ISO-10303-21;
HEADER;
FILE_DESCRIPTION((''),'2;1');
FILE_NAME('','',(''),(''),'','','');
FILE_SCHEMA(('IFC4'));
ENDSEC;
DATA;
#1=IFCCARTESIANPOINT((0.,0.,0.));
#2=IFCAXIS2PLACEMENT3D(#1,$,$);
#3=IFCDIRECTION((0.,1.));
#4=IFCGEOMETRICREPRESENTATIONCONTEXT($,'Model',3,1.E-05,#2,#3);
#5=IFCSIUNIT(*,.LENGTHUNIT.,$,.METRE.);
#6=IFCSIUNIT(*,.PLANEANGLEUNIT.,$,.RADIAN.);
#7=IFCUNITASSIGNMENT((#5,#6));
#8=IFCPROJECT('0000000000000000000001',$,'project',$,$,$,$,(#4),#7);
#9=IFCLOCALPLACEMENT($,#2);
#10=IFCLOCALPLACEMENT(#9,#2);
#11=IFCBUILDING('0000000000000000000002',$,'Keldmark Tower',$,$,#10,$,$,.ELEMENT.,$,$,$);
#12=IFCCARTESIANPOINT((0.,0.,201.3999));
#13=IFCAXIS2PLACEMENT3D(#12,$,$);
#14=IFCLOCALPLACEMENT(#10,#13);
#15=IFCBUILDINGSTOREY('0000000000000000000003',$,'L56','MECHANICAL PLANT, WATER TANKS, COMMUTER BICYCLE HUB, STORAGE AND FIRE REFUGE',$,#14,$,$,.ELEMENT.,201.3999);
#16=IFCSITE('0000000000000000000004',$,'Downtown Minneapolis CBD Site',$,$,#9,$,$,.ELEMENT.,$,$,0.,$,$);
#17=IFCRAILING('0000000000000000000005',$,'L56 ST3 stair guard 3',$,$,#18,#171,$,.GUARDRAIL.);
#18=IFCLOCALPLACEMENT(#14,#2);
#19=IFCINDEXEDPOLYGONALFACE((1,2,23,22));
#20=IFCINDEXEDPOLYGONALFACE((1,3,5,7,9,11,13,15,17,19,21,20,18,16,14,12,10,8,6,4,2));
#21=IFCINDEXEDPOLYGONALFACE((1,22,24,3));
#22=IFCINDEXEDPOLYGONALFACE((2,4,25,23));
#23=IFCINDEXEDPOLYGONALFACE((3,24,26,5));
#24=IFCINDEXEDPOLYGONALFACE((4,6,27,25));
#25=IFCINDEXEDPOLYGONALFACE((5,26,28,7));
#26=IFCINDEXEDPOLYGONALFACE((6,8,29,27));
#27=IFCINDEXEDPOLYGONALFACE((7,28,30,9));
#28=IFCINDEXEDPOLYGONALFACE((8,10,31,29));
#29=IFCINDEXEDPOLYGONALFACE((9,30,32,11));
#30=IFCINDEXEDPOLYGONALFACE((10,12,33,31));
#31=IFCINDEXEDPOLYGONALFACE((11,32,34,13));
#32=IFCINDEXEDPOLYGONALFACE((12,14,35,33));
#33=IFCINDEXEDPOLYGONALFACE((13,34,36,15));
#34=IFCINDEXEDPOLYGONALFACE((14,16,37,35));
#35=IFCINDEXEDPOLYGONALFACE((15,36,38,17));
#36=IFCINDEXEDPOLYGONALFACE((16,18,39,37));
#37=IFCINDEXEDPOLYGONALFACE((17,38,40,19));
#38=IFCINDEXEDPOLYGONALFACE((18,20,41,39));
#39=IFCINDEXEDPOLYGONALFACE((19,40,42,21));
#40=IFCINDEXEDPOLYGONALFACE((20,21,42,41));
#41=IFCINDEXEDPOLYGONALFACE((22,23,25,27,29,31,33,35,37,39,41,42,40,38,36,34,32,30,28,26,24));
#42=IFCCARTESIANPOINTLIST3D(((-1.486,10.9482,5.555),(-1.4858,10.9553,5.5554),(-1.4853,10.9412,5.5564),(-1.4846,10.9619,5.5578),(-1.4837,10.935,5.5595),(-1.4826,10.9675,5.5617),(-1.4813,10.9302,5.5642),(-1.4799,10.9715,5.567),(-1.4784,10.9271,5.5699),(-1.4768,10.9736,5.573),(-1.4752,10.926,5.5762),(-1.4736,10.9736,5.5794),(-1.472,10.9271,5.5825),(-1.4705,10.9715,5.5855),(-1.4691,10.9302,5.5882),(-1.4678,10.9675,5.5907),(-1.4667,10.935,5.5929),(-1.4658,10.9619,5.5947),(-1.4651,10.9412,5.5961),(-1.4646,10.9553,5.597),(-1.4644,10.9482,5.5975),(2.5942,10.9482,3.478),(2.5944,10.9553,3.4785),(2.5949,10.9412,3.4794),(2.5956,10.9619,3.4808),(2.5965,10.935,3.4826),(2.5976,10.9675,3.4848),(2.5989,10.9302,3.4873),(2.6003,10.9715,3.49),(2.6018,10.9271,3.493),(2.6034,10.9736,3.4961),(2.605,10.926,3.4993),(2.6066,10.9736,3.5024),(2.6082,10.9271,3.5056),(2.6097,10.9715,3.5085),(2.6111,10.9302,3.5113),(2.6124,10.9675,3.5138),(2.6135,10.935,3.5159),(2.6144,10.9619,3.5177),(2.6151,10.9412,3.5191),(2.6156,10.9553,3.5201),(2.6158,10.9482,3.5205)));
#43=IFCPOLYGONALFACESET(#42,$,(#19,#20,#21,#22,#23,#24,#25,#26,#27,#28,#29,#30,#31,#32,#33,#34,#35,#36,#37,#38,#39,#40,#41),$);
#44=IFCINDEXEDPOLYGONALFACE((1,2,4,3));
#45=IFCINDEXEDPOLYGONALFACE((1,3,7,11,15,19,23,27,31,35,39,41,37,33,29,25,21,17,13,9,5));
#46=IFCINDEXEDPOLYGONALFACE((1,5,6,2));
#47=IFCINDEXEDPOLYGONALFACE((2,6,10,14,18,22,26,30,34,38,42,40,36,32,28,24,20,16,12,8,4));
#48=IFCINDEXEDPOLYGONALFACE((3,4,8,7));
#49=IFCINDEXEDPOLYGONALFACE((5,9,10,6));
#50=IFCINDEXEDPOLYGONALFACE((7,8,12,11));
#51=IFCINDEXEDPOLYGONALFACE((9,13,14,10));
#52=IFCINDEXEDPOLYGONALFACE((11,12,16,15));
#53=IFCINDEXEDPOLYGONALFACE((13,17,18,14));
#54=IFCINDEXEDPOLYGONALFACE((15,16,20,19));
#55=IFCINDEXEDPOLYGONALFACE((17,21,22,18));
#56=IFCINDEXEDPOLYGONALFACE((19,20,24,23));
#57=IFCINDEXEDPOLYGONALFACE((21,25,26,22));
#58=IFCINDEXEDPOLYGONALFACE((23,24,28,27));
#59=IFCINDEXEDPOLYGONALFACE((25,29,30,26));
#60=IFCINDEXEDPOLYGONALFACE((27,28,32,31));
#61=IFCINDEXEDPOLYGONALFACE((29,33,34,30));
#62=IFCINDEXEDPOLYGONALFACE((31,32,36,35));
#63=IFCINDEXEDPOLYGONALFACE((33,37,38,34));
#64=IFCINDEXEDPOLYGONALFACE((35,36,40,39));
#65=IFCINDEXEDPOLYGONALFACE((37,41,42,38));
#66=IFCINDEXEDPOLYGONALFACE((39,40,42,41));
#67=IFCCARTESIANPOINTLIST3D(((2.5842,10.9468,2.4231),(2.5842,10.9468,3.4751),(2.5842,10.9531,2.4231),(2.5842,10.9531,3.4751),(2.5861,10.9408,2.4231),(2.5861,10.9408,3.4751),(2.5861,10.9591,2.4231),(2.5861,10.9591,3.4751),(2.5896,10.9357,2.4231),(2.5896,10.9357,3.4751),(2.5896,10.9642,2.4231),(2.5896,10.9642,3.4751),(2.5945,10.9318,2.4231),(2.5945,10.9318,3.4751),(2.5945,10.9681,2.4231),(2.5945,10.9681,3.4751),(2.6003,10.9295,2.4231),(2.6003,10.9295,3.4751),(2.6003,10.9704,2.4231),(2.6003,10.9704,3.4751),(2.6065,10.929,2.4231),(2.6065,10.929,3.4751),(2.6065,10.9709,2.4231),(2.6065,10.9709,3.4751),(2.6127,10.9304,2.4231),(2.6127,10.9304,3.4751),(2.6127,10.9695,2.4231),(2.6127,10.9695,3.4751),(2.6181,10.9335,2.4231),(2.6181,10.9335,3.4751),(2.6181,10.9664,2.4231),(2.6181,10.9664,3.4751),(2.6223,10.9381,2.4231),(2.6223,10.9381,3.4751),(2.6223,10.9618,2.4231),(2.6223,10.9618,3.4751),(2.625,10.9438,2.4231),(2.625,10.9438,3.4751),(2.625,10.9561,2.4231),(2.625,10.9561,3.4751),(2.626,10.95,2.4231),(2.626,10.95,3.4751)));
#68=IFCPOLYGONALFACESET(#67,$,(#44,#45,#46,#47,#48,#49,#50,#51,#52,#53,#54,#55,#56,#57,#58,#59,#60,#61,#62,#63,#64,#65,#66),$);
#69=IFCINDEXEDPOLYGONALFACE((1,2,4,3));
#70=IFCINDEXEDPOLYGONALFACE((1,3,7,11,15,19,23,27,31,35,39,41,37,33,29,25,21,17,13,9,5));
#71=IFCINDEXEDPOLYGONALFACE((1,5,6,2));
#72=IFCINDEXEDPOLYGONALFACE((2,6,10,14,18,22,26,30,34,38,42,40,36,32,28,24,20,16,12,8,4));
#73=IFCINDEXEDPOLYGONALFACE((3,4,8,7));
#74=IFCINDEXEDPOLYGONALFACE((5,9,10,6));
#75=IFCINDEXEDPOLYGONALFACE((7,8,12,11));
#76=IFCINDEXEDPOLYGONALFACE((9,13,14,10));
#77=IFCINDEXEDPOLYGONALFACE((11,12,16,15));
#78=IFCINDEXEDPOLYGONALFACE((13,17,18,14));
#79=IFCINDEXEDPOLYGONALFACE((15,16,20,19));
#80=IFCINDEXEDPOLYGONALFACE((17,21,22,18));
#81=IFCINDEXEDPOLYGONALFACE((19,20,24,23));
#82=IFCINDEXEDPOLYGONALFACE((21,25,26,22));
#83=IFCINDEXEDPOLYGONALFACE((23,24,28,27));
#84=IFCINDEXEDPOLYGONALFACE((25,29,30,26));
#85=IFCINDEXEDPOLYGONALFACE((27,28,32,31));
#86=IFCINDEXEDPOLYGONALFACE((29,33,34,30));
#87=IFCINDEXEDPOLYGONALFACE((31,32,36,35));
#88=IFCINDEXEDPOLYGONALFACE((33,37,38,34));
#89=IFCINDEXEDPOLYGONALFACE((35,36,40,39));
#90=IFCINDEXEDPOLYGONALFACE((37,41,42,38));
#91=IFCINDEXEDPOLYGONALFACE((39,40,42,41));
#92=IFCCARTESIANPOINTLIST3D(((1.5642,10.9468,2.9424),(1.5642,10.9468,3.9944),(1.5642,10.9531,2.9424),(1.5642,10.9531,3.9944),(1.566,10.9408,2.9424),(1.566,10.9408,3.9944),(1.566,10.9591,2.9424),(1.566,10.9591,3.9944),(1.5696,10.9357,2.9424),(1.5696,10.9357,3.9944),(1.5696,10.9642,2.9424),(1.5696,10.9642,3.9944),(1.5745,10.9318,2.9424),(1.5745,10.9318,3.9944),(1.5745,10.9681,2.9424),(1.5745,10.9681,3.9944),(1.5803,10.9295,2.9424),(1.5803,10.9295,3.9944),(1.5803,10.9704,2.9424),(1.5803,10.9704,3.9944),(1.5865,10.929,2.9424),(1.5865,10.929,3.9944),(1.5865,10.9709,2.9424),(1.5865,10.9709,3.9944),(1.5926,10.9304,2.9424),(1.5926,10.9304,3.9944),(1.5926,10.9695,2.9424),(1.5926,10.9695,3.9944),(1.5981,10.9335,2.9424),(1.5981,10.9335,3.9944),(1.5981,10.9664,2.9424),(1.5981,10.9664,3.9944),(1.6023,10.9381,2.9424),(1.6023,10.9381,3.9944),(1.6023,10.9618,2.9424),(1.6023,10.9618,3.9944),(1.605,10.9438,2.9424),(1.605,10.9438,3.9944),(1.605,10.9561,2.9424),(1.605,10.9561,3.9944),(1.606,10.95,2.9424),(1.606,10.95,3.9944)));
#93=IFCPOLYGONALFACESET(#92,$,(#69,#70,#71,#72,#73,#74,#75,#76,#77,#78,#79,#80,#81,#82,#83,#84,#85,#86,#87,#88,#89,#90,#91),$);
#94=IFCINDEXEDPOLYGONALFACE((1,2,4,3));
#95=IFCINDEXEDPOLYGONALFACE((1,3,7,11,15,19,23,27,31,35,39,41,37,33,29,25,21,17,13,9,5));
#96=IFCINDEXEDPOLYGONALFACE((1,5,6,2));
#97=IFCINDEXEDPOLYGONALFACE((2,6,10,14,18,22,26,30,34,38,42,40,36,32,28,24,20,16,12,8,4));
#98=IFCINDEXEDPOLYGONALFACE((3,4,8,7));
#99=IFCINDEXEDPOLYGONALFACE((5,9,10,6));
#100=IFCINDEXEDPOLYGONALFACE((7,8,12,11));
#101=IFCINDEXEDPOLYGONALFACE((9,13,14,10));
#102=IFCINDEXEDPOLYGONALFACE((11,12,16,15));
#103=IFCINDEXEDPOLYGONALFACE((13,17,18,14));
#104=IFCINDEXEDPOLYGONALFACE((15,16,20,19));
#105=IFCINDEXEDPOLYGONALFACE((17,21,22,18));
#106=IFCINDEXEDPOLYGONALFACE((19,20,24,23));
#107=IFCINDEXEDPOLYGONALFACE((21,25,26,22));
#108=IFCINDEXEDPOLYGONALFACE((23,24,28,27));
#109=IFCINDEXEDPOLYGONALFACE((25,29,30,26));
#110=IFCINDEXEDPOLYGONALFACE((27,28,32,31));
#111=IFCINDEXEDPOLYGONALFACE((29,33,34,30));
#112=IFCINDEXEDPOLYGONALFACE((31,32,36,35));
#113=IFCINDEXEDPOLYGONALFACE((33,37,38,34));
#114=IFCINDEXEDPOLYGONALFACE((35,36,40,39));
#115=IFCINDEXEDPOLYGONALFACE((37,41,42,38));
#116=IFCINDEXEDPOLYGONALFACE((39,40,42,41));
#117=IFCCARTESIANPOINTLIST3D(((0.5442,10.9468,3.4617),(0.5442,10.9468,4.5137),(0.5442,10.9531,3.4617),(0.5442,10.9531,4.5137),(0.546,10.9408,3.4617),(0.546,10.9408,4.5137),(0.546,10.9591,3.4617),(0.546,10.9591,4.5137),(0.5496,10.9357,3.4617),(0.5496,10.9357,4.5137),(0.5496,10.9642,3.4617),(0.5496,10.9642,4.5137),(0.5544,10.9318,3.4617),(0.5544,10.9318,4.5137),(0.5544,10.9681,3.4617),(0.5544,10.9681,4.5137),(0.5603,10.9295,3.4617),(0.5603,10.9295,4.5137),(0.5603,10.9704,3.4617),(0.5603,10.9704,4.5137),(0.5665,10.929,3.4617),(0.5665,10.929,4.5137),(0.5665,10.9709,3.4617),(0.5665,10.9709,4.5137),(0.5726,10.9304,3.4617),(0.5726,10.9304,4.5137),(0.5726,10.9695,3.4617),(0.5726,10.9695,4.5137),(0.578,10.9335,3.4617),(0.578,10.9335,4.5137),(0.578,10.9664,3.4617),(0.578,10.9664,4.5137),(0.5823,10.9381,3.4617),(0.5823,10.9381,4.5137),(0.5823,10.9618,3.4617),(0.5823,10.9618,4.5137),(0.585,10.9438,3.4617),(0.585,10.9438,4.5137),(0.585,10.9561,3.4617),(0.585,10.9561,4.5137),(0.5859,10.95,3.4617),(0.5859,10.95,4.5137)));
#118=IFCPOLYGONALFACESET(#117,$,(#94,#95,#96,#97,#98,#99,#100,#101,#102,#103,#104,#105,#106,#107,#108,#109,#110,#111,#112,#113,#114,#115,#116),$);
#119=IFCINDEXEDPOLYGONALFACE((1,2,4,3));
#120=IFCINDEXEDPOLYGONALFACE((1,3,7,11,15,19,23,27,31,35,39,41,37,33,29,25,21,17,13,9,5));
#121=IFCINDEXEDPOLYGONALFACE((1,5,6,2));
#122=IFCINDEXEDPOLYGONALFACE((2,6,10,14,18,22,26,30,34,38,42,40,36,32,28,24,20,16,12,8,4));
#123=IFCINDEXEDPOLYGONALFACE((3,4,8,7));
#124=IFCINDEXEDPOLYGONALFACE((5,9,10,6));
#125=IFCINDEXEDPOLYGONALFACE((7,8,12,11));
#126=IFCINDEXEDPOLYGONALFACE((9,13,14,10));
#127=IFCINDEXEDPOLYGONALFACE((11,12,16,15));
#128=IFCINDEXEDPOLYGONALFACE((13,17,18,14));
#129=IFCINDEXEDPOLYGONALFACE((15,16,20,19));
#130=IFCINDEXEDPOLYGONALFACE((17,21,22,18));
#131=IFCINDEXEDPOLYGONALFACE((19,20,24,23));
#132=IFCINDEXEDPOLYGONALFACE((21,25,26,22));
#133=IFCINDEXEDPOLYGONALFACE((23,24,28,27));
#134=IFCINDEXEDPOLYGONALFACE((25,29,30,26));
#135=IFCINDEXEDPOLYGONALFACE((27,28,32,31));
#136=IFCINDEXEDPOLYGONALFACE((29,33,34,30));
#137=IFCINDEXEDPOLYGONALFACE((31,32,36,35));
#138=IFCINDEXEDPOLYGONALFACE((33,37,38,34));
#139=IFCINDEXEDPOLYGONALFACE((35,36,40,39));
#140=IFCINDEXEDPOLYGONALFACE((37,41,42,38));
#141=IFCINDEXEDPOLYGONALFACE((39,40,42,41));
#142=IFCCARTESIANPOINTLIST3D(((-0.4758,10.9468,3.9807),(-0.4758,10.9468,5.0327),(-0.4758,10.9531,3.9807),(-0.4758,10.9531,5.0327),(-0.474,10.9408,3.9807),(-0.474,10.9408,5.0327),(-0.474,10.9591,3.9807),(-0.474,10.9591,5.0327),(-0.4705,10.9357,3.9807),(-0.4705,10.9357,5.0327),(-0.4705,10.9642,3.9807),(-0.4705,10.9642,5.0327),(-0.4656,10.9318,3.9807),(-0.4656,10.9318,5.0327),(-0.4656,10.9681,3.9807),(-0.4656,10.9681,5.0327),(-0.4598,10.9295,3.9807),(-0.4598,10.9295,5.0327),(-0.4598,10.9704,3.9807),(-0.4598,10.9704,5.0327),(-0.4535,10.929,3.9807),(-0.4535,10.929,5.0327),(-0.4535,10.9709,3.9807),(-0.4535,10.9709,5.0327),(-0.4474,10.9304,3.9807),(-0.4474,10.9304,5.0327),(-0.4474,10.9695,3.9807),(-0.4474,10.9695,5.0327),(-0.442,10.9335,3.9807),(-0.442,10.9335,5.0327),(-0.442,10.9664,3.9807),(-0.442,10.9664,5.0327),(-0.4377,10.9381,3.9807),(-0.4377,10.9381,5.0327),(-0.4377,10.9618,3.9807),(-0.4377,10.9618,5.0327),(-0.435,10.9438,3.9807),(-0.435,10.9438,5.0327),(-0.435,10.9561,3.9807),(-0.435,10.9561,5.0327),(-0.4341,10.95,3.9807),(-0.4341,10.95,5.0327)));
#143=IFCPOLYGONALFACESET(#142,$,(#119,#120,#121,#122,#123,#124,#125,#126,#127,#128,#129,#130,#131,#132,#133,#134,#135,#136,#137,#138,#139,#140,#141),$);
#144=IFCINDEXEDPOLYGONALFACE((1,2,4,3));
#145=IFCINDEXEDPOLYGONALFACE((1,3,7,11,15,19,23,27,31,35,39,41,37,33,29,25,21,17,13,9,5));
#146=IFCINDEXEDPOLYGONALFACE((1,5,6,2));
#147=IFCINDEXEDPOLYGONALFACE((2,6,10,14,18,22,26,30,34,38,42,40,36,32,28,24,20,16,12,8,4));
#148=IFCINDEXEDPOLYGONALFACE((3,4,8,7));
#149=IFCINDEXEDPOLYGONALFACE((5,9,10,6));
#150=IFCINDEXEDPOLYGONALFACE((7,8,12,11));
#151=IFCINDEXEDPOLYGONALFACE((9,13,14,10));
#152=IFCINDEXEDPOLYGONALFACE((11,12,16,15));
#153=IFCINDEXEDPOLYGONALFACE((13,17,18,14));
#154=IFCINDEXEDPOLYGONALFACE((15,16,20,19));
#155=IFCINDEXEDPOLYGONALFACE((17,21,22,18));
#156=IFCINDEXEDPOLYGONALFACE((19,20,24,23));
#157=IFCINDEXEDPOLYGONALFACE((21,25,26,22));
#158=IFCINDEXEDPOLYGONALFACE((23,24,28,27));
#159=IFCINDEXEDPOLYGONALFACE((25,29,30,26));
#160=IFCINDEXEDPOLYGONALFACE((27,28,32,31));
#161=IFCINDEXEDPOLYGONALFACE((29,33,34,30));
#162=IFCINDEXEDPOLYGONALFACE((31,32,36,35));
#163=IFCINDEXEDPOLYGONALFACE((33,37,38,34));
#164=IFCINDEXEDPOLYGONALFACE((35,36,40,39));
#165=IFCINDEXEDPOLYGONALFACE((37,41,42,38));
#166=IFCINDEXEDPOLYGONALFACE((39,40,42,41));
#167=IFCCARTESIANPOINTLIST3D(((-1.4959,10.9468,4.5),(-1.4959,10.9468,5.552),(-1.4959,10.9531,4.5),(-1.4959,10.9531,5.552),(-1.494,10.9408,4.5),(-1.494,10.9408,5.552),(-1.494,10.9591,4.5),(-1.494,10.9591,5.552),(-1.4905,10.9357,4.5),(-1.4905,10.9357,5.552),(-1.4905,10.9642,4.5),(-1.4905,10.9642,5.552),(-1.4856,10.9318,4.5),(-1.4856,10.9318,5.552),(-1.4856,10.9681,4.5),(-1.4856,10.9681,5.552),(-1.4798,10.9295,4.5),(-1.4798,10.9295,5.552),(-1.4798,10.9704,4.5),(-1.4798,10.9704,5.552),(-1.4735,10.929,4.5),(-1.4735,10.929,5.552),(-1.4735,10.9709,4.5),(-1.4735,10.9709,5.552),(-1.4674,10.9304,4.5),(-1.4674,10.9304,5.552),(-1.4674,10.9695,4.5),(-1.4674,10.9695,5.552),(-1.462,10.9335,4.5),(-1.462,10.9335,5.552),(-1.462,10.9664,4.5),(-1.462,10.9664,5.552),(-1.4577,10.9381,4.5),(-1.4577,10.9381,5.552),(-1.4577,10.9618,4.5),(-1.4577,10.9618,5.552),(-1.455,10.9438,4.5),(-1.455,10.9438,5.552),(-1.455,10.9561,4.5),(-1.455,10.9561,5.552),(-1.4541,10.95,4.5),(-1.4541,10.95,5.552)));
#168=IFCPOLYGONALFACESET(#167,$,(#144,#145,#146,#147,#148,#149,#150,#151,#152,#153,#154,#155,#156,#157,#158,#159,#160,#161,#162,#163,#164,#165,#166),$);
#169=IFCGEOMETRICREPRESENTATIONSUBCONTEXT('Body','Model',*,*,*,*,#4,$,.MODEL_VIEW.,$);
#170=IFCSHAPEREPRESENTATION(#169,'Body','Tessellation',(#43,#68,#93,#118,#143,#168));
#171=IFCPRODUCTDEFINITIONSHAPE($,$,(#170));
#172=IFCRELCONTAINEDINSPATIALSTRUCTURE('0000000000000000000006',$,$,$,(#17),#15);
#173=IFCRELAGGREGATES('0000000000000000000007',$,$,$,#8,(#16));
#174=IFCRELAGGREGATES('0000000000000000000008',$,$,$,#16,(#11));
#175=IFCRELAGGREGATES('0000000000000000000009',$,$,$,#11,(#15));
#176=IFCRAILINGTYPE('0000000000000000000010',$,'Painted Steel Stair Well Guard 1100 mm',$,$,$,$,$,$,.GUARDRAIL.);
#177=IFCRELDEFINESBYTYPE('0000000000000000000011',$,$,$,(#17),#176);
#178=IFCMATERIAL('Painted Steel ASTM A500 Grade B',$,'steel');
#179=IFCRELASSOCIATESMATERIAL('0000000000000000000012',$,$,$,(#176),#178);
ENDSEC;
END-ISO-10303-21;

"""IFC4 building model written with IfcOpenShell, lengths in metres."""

from ifc_helpers import new_model, si_unit, direction, frame, origin, origin_2d, place, context, subcontext, project, spatial, circle, extrude, material, type_object, element, save


model = new_model("IFC4")

# Units and contexts
model_context = context("Model", 3, precision=1e-05, world=origin(), true_north=direction((0.0, 1.0)))
body_context = subcontext(model_context, "Body", "Model", "MODEL_VIEW")
ifc_project = project(units=[si_unit("LENGTHUNIT", "METRE"), si_unit("PLANEANGLEUNIT", "RADIAN")], contexts=[model_context])

# Site, building, storey
site_placement = place(None, origin())
site = spatial("IfcSite", under=ifc_project, at=site_placement, Name="Downtown Minneapolis CBD Site", CompositionType="ELEMENT", RefElevation=0.0)
building_placement = place(site_placement, origin())
building = spatial("IfcBuilding", under=site, at=building_placement, Name="Keldmark Tower", CompositionType="ELEMENT")
storey_placement = place(building_placement, frame((0.0, 0.0, 201.3999)))
storey = spatial("IfcBuildingStorey", under=building, at=storey_placement, Name="L56", Description="MECHANICAL PLANT, WATER TANKS, COMMUTER BICYCLE HUB, STORAGE AND FIRE REFUGE", CompositionType="ELEMENT", Elevation=201.3999)

# Railing
ifc_material_1 = material(Name="Painted Steel ASTM A500 Grade B", Category="steel")
railing_type_1 = type_object("IfcRailingType", Name="Painted Steel Stair Well Guard 1100 mm", PredefinedType="GUARDRAIL", material=ifc_material_1)
railing_1_placement = place(storey_placement, frame((2.605, 10.95, 2.4231)))
element("IfcRailing", 1, at=railing_1_placement, inside=storey, type_object=railing_type_1, Name="L56 ST3 stair guard 3", PredefinedType="GUARDRAIL", context=body_context, shape_type="SweptSolid", body=[
    extrude(circle(Radius=0.0239, at=origin_2d()), frame((0.0, 0.0, 1.0762), z_axis=(-0.891183, 0.0, 0.453644), x_axis=(0.0, -1.0, 0.0)), (0.0, 0.0, 1.0), 4.5784),
    extrude(circle(Radius=0.021, at=origin_2d()), origin(), (0.0, 0.0, 1.0), 1.052),
    extrude(circle(Radius=0.021, at=origin_2d()), frame((-1.02, 0.0, 0.5193)), (0.0, 0.0, 1.0), 1.052),
    extrude(circle(Radius=0.021, at=origin_2d()), frame((-2.04, 0.0, 1.0386)), (0.0, 0.0, 1.0), 1.052),
    extrude(circle(Radius=0.021, at=origin_2d()), frame((-3.0601, 0.0, 1.5576)), (0.0, 0.0, 1.0), 1.052),
    extrude(circle(Radius=0.021, at=origin_2d()), frame((-4.0801, 0.0, 2.0769)), (0.0, 0.0, 1.0), 1.052),
])

save(model, "model.ifc")
